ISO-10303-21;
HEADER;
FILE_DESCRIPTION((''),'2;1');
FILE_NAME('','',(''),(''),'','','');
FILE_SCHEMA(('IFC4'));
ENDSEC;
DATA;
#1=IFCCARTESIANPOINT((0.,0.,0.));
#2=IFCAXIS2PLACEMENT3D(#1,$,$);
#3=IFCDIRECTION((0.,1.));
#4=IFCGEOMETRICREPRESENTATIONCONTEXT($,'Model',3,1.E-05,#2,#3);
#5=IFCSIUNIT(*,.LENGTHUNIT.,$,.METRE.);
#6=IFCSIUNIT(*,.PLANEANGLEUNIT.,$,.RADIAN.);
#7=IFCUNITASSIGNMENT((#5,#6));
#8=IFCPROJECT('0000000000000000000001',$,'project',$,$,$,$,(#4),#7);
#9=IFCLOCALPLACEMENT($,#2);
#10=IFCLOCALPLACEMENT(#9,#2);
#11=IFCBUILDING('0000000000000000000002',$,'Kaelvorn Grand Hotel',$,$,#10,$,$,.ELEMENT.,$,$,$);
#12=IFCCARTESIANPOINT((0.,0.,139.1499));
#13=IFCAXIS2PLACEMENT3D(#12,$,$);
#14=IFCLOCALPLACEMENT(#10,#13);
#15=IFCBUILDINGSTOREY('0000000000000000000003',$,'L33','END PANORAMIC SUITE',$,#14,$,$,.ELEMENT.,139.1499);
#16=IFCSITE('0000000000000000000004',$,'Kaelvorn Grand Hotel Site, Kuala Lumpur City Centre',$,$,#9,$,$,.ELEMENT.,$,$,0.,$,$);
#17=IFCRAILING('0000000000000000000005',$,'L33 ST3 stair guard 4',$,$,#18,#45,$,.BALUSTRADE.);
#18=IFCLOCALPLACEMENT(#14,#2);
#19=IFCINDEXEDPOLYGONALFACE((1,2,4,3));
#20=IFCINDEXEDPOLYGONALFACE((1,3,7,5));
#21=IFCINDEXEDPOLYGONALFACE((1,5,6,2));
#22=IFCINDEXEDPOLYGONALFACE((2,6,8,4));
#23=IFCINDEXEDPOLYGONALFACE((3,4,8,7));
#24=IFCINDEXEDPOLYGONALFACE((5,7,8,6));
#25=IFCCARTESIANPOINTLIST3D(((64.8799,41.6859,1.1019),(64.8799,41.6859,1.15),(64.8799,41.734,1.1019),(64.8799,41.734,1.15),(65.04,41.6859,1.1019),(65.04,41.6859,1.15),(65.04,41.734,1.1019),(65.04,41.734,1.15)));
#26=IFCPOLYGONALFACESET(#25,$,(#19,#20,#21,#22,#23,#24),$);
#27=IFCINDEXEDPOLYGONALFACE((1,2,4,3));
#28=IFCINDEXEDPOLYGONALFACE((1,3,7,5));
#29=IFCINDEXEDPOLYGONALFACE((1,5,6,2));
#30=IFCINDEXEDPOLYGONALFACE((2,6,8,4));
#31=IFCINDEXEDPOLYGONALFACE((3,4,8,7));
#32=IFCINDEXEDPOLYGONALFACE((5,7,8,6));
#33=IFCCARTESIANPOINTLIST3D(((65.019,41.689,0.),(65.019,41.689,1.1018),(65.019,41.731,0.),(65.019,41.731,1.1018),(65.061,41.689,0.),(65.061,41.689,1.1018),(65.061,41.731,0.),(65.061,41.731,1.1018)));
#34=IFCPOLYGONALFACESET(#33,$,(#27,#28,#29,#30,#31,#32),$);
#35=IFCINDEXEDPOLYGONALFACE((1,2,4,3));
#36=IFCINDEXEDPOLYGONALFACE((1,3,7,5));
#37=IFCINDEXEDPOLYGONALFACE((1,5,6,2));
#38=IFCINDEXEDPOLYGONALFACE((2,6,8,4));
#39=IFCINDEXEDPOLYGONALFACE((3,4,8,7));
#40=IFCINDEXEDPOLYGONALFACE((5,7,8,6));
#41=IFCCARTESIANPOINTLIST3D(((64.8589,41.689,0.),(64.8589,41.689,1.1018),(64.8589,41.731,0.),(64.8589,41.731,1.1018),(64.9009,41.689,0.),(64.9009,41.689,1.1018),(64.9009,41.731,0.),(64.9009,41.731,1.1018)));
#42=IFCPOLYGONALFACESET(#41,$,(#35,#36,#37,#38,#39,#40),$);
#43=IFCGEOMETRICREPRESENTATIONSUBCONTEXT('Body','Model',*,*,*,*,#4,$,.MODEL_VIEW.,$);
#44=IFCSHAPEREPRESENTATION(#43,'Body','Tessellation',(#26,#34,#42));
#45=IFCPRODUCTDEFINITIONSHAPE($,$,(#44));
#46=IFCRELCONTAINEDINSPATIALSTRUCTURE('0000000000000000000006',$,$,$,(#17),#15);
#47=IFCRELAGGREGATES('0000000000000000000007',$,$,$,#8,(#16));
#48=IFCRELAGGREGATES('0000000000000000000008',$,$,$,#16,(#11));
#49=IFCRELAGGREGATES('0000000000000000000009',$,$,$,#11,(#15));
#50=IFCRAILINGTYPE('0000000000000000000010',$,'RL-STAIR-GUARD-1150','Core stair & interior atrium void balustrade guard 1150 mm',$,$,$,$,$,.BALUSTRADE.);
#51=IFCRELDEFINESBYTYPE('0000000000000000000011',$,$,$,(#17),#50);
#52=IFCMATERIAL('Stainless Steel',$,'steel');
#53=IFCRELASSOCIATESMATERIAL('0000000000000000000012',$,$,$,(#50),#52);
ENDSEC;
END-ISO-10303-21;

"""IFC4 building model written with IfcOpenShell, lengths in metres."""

from ifc_helpers import new_model, si_unit, direction, frame, origin, origin_2d, place, context, subcontext, project, spatial, rectangle, extrude, material, type_object, element, save


model = new_model("IFC4")

# Units and contexts
model_context = context("Model", 3, precision=1e-05, world=origin(), true_north=direction((0.0, 1.0)))
body_context = subcontext(model_context, "Body", "Model", "MODEL_VIEW")
ifc_project = project(units=[si_unit("LENGTHUNIT", "METRE"), si_unit("PLANEANGLEUNIT", "RADIAN")], contexts=[model_context])

# Site, building, storey
site_placement = place(None, origin())
site = spatial("IfcSite", under=ifc_project, at=site_placement, Name="Kaelvorn Grand Hotel Site, Kuala Lumpur City Centre", CompositionType="ELEMENT", RefElevation=0.0)
building_placement = place(site_placement, origin())
building = spatial("IfcBuilding", under=site, at=building_placement, Name="Kaelvorn Grand Hotel", CompositionType="ELEMENT")
storey_placement = place(building_placement, frame((0.0, 0.0, 139.1499)))
storey = spatial("IfcBuildingStorey", under=building, at=storey_placement, Name="L33", Description="END PANORAMIC SUITE", CompositionType="ELEMENT", Elevation=139.1499)

# Shared definitions
ifc_material_1 = material(Name="Stainless Steel", Category="steel")

# Railing
railing_type_1 = type_object("IfcRailingType", Name="RL-STAIR-GUARD-1150", Description="Core stair & interior atrium void balustrade guard 1150 mm", PredefinedType="BALUSTRADE", material=ifc_material_1)
railing_1_placement = place(storey_placement, frame((65.04, 41.71, 0.0)))
element("IfcRailing", 1, at=railing_1_placement, inside=storey, type_object=railing_type_1, Name="L33 ST3 stair guard 4", PredefinedType="BALUSTRADE", context=body_context, shape_type="SweptSolid", body=[
    extrude(rectangle(XDim=0.0481, YDim=0.0481, at=origin_2d()), frame((0.0, 0.0, 1.126), z_axis=(-1.0, 0.0, 0.0), x_axis=(0.0, -1.0, 0.0)), (0.0, 0.0, 1.0), 0.1602),
    extrude(rectangle(XDim=0.042, YDim=0.042, at=origin_2d()), origin(), (0.0, 0.0, 1.0), 1.1018),
    extrude(rectangle(XDim=0.042, YDim=0.042, at=origin_2d()), frame((-0.1602, 0.0, 0.0)), (0.0, 0.0, 1.0), 1.1018),
])

save(model, "model.ifc")
